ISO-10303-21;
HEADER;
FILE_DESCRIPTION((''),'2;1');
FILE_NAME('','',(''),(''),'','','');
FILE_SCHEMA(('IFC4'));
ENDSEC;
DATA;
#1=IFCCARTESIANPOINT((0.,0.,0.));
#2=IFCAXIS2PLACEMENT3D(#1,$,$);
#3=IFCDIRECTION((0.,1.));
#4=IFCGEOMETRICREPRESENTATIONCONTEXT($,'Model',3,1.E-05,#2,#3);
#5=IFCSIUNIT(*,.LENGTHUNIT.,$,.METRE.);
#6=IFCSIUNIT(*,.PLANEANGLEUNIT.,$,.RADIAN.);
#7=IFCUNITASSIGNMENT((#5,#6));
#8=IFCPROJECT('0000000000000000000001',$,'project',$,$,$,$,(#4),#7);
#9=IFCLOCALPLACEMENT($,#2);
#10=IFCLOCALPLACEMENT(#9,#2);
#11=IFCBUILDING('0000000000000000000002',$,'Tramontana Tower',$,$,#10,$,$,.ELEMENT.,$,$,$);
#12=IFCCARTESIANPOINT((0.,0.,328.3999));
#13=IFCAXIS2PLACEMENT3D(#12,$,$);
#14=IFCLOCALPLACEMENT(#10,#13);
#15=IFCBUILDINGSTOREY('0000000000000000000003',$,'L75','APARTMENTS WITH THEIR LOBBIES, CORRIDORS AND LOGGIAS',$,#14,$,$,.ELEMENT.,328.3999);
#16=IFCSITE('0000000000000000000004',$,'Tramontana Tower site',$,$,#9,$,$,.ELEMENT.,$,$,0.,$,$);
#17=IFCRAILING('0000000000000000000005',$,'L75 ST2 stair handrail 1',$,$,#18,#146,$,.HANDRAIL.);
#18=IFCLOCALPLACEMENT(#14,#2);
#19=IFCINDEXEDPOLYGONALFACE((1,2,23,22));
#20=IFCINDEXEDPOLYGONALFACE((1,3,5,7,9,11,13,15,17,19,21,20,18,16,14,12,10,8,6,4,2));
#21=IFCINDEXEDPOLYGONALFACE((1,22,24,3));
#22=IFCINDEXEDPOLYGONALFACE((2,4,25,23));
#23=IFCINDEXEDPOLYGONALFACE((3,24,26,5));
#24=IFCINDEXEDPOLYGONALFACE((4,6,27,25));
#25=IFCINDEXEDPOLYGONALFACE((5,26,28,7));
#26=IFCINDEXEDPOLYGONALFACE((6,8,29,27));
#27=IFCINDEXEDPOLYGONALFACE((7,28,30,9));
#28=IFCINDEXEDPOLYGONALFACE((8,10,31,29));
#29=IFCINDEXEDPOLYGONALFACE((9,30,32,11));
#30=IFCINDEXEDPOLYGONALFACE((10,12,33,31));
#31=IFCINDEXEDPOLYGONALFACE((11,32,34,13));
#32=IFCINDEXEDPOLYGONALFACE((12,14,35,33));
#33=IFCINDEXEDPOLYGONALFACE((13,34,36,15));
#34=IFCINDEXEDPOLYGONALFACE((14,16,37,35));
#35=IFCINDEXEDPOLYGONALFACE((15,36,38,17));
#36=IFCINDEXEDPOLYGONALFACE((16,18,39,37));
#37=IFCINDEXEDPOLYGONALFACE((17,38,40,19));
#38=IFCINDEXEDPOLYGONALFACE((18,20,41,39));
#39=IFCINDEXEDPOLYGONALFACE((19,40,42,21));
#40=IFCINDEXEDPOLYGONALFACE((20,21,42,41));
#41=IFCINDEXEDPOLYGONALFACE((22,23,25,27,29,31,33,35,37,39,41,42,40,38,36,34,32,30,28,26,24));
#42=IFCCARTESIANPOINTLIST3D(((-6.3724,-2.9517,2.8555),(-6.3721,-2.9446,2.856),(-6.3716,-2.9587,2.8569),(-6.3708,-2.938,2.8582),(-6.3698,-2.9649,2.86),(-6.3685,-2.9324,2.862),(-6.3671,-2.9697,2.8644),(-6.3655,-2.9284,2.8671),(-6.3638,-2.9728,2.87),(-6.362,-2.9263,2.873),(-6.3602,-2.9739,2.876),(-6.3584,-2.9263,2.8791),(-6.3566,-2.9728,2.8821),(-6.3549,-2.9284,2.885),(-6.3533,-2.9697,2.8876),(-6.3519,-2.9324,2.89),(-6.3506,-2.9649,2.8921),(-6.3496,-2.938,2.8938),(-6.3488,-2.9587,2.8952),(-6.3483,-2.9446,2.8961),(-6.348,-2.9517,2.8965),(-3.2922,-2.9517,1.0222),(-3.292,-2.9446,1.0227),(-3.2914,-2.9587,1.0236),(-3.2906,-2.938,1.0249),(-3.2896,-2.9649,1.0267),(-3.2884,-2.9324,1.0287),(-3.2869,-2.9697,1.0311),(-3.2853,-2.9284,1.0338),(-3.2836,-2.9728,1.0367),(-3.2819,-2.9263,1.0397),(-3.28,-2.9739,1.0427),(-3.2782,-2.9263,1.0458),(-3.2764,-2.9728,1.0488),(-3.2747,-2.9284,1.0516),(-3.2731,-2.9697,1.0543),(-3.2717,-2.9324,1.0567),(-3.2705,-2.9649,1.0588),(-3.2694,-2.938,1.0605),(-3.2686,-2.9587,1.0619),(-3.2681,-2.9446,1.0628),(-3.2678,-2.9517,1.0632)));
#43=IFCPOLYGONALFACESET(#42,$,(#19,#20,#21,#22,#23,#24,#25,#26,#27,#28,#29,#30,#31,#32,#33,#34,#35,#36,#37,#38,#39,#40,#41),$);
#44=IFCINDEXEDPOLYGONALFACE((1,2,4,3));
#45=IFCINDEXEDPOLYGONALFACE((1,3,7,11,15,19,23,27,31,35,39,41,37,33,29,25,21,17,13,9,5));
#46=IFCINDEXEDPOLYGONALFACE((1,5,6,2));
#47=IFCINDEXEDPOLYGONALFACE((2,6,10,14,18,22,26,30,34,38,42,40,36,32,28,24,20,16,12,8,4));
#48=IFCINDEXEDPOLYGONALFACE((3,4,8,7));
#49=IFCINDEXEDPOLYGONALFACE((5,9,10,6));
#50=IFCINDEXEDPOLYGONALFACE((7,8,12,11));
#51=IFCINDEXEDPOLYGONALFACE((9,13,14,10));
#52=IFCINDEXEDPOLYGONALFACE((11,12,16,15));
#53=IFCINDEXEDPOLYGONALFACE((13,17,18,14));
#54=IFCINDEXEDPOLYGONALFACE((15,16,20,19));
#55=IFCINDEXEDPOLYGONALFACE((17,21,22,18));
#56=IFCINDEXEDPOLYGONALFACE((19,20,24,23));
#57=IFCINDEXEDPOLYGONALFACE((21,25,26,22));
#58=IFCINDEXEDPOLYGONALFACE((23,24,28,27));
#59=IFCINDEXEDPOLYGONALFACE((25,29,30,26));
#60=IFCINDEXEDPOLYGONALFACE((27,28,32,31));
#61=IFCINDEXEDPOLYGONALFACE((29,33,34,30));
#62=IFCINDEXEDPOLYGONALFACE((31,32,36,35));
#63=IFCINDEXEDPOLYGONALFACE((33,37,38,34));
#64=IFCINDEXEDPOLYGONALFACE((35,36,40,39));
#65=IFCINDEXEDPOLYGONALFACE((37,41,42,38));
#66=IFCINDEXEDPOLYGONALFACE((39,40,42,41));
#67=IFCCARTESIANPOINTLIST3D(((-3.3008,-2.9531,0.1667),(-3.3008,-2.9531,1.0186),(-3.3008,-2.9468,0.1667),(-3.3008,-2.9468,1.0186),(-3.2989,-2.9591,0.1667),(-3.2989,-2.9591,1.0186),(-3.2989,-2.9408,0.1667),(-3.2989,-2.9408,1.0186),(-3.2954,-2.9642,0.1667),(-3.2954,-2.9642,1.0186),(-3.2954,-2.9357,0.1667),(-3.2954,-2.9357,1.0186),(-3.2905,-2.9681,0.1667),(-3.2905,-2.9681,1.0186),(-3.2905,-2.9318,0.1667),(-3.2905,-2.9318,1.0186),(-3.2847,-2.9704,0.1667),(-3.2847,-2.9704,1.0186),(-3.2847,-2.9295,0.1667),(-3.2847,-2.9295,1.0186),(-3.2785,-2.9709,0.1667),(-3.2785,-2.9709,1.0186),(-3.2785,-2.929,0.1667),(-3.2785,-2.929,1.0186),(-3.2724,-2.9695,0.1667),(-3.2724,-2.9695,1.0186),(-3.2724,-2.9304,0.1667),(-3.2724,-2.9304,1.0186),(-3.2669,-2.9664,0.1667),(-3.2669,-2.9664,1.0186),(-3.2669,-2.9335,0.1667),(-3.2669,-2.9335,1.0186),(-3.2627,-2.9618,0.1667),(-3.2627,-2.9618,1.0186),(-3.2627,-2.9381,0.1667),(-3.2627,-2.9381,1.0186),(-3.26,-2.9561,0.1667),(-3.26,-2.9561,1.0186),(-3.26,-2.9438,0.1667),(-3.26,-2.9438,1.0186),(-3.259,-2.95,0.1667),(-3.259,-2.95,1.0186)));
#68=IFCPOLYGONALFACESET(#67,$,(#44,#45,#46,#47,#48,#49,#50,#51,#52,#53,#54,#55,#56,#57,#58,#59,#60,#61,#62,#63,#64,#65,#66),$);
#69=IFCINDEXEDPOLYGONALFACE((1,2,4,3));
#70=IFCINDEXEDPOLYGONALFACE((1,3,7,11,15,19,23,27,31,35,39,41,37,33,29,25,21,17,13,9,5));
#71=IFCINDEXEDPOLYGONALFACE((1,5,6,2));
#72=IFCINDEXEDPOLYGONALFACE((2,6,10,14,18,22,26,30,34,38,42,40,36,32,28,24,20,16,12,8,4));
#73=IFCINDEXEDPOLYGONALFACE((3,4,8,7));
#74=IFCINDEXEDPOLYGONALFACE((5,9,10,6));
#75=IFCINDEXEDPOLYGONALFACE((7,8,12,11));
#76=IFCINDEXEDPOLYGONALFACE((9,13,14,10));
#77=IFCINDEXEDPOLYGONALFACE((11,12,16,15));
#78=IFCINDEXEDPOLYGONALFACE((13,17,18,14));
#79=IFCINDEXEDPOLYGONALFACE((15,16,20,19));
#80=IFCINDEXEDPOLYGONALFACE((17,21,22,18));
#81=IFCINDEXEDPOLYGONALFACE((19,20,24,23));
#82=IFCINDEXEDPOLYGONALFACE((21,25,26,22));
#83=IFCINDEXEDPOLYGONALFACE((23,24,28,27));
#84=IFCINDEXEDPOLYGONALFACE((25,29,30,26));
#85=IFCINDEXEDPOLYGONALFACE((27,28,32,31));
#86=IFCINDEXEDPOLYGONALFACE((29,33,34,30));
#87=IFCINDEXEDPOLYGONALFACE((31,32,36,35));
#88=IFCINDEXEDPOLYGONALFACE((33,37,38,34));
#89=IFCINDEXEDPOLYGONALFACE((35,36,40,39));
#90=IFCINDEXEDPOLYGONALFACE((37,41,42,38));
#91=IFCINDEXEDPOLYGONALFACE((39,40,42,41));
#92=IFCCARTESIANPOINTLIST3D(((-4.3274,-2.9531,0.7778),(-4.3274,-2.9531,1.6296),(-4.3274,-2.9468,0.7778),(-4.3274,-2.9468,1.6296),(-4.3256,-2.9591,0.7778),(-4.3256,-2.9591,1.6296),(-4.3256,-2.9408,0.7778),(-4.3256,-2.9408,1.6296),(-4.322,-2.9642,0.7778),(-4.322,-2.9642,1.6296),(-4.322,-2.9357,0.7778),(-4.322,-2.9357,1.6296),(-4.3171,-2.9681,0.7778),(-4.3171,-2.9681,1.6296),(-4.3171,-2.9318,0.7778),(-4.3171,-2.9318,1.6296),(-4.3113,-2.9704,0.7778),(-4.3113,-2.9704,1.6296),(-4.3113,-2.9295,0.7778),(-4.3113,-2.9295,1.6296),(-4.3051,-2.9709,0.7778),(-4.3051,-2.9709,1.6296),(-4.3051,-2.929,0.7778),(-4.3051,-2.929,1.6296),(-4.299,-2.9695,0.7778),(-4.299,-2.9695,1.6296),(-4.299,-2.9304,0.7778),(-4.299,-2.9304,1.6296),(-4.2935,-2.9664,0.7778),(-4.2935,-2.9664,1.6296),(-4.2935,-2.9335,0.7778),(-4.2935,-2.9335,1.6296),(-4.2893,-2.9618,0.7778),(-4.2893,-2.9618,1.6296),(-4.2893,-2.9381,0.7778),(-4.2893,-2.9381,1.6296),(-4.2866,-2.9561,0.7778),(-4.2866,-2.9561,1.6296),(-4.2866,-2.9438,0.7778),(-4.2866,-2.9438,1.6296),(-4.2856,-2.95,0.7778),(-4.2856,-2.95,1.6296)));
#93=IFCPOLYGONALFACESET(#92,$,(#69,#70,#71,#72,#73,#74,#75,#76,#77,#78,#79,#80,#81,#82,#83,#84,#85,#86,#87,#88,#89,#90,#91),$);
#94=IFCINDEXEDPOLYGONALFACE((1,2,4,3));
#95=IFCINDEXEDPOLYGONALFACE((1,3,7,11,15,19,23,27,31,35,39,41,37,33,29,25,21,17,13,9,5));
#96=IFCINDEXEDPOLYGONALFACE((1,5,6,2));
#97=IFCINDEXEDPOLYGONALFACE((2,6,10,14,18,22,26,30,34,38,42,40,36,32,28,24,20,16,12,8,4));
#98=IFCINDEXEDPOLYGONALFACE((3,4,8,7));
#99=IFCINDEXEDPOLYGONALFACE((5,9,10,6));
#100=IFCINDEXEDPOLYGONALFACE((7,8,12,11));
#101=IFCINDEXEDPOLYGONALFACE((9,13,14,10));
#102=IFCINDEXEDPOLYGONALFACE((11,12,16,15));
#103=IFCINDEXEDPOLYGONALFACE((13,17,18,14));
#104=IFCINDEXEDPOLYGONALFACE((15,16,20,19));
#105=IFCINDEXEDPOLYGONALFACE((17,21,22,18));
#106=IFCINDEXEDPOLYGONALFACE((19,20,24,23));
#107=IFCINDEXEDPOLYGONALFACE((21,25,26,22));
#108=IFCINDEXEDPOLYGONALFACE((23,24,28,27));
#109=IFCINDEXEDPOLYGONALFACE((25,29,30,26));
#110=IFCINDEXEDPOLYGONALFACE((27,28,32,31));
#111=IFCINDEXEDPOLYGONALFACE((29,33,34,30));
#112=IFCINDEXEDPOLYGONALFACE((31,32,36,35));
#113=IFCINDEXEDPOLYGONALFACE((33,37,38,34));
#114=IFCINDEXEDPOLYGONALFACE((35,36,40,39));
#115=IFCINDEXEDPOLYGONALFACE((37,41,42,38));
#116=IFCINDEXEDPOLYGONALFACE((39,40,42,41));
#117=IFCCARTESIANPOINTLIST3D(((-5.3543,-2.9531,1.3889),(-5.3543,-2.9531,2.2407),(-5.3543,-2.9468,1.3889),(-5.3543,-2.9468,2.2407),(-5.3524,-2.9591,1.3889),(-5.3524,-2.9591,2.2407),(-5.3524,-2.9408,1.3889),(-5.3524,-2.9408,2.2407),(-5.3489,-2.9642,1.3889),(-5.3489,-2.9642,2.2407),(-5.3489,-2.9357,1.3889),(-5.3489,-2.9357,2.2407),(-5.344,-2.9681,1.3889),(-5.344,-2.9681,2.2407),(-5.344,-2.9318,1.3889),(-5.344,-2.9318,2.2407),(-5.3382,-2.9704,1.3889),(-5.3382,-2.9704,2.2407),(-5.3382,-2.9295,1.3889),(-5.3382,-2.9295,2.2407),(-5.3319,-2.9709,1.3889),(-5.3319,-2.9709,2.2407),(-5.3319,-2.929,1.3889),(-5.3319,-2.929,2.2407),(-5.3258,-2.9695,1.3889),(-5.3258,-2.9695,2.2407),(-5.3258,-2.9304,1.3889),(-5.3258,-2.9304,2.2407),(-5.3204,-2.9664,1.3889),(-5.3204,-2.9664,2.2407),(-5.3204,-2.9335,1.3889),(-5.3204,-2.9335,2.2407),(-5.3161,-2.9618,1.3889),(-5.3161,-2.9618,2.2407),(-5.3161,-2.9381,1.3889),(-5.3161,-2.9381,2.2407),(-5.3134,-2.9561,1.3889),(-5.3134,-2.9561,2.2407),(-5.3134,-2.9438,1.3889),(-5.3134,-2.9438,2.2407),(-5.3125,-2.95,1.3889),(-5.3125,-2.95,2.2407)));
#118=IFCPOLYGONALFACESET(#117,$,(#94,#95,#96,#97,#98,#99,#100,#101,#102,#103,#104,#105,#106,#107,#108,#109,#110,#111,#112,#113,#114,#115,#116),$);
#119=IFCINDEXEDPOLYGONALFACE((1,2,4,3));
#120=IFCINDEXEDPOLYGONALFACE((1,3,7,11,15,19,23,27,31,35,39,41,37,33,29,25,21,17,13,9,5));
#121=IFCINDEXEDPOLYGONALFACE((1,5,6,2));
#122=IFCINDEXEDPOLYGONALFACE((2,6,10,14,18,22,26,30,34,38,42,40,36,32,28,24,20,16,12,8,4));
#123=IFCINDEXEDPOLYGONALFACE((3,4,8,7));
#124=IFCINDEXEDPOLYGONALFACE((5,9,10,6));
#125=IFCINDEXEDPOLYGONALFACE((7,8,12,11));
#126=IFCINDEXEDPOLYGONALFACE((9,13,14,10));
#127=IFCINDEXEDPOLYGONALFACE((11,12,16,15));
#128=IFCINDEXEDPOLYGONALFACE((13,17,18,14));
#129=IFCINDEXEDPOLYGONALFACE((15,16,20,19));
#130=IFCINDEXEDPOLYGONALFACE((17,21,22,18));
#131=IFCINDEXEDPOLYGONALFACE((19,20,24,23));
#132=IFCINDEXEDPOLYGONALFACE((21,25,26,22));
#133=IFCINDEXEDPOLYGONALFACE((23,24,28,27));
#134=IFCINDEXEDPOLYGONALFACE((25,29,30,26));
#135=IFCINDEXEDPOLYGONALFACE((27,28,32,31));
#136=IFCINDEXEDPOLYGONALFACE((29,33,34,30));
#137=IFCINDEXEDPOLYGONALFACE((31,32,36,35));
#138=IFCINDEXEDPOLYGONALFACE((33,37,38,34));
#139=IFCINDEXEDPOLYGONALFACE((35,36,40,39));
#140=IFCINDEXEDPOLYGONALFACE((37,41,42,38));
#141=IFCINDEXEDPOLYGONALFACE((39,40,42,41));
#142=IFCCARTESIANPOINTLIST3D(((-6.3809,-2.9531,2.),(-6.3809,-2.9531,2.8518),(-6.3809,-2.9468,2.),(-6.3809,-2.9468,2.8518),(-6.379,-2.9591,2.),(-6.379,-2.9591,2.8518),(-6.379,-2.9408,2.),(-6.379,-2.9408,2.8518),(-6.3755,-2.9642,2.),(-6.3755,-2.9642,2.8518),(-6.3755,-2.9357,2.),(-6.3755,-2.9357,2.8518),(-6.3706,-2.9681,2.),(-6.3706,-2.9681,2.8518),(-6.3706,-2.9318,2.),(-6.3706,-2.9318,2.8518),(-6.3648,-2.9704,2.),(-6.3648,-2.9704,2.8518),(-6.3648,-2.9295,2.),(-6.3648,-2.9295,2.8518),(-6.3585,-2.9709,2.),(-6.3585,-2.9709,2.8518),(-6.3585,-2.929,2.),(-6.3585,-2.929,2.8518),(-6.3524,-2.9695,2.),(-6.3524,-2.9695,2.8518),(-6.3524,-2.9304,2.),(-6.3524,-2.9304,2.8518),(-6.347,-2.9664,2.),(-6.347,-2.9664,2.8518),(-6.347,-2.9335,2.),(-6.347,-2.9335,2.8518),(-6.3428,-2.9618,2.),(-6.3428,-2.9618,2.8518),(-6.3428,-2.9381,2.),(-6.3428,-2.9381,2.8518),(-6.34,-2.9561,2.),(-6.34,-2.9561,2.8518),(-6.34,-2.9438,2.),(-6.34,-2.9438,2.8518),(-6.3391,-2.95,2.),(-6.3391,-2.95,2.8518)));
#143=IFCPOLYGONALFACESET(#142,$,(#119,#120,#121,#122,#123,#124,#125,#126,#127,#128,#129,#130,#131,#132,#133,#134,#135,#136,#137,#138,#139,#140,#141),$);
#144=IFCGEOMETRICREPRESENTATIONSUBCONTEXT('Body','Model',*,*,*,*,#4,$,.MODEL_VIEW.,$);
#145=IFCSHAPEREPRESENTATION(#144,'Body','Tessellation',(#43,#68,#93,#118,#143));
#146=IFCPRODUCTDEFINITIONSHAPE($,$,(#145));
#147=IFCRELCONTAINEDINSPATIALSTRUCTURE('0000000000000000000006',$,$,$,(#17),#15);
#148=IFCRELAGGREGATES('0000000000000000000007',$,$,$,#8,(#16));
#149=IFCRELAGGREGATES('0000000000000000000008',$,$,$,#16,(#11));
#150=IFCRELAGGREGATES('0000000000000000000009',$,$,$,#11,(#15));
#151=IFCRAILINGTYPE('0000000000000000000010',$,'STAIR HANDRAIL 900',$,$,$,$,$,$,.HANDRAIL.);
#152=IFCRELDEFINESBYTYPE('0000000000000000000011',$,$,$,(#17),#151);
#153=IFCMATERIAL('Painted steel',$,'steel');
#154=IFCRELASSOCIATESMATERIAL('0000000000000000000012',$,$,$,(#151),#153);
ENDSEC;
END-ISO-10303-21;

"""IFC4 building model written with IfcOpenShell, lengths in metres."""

from ifc_helpers import new_model, si_unit, direction, frame, origin, origin_2d, place, context, subcontext, project, spatial, circle, extrude, material, type_object, element, save


model = new_model("IFC4")

# Units and contexts
model_context = context("Model", 3, precision=1e-05, world=origin(), true_north=direction((0.0, 1.0)))
body_context = subcontext(model_context, "Body", "Model", "MODEL_VIEW")
ifc_project = project(units=[si_unit("LENGTHUNIT", "METRE"), si_unit("PLANEANGLEUNIT", "RADIAN")], contexts=[model_context])

# Site, building, storey
site_placement = place(None, origin())
site = spatial("IfcSite", under=ifc_project, at=site_placement, Name="Tramontana Tower site", CompositionType="ELEMENT", RefElevation=0.0)
building_placement = place(site_placement, origin())
building = spatial("IfcBuilding", under=site, at=building_placement, Name="Tramontana Tower", CompositionType="ELEMENT")
storey_placement = place(building_placement, frame((0.0, 0.0, 328.3999)))
storey = spatial("IfcBuildingStorey", under=building, at=storey_placement, Name="L75", Description="APARTMENTS WITH THEIR LOBBIES, CORRIDORS AND LOGGIAS", CompositionType="ELEMENT", Elevation=328.3999)

# Railing
ifc_material_1 = material(Name="Painted steel", Category="steel")
railing_type_1 = type_object("IfcRailingType", Name="STAIR HANDRAIL 900", PredefinedType="HANDRAIL", material=ifc_material_1)
railing_1_placement = place(storey_placement, frame((-3.28, -2.95, 0.1667)))
element("IfcRailing", 1, at=railing_1_placement, inside=storey, type_object=railing_type_1, Name="L75 ST2 stair handrail 1", PredefinedType="HANDRAIL", context=body_context, shape_type="SweptSolid", body=[
    extrude(circle(Radius=0.0239, at=origin_2d()), frame((0.0, 0.0, 0.876), z_axis=(-0.859309, 0.0, 0.511458), x_axis=(0.0, -1.0, 0.0)), (0.0, 0.0, 1.0), 3.5845),
    extrude(circle(Radius=0.021, at=origin_2d()), origin(), (0.0, 0.0, 1.0), 0.8518),
    extrude(circle(Radius=0.021, at=origin_2d()), frame((-1.0266, 0.0, 0.6111)), (0.0, 0.0, 1.0), 0.8518),
    extrude(circle(Radius=0.021, at=origin_2d()), frame((-2.0535, 0.0, 1.2222)), (0.0, 0.0, 1.0), 0.8518),
    extrude(circle(Radius=0.021, at=origin_2d()), frame((-3.0801, 0.0, 1.8333)), (0.0, 0.0, 1.0), 0.8518),
])

save(model, "model.ifc")
